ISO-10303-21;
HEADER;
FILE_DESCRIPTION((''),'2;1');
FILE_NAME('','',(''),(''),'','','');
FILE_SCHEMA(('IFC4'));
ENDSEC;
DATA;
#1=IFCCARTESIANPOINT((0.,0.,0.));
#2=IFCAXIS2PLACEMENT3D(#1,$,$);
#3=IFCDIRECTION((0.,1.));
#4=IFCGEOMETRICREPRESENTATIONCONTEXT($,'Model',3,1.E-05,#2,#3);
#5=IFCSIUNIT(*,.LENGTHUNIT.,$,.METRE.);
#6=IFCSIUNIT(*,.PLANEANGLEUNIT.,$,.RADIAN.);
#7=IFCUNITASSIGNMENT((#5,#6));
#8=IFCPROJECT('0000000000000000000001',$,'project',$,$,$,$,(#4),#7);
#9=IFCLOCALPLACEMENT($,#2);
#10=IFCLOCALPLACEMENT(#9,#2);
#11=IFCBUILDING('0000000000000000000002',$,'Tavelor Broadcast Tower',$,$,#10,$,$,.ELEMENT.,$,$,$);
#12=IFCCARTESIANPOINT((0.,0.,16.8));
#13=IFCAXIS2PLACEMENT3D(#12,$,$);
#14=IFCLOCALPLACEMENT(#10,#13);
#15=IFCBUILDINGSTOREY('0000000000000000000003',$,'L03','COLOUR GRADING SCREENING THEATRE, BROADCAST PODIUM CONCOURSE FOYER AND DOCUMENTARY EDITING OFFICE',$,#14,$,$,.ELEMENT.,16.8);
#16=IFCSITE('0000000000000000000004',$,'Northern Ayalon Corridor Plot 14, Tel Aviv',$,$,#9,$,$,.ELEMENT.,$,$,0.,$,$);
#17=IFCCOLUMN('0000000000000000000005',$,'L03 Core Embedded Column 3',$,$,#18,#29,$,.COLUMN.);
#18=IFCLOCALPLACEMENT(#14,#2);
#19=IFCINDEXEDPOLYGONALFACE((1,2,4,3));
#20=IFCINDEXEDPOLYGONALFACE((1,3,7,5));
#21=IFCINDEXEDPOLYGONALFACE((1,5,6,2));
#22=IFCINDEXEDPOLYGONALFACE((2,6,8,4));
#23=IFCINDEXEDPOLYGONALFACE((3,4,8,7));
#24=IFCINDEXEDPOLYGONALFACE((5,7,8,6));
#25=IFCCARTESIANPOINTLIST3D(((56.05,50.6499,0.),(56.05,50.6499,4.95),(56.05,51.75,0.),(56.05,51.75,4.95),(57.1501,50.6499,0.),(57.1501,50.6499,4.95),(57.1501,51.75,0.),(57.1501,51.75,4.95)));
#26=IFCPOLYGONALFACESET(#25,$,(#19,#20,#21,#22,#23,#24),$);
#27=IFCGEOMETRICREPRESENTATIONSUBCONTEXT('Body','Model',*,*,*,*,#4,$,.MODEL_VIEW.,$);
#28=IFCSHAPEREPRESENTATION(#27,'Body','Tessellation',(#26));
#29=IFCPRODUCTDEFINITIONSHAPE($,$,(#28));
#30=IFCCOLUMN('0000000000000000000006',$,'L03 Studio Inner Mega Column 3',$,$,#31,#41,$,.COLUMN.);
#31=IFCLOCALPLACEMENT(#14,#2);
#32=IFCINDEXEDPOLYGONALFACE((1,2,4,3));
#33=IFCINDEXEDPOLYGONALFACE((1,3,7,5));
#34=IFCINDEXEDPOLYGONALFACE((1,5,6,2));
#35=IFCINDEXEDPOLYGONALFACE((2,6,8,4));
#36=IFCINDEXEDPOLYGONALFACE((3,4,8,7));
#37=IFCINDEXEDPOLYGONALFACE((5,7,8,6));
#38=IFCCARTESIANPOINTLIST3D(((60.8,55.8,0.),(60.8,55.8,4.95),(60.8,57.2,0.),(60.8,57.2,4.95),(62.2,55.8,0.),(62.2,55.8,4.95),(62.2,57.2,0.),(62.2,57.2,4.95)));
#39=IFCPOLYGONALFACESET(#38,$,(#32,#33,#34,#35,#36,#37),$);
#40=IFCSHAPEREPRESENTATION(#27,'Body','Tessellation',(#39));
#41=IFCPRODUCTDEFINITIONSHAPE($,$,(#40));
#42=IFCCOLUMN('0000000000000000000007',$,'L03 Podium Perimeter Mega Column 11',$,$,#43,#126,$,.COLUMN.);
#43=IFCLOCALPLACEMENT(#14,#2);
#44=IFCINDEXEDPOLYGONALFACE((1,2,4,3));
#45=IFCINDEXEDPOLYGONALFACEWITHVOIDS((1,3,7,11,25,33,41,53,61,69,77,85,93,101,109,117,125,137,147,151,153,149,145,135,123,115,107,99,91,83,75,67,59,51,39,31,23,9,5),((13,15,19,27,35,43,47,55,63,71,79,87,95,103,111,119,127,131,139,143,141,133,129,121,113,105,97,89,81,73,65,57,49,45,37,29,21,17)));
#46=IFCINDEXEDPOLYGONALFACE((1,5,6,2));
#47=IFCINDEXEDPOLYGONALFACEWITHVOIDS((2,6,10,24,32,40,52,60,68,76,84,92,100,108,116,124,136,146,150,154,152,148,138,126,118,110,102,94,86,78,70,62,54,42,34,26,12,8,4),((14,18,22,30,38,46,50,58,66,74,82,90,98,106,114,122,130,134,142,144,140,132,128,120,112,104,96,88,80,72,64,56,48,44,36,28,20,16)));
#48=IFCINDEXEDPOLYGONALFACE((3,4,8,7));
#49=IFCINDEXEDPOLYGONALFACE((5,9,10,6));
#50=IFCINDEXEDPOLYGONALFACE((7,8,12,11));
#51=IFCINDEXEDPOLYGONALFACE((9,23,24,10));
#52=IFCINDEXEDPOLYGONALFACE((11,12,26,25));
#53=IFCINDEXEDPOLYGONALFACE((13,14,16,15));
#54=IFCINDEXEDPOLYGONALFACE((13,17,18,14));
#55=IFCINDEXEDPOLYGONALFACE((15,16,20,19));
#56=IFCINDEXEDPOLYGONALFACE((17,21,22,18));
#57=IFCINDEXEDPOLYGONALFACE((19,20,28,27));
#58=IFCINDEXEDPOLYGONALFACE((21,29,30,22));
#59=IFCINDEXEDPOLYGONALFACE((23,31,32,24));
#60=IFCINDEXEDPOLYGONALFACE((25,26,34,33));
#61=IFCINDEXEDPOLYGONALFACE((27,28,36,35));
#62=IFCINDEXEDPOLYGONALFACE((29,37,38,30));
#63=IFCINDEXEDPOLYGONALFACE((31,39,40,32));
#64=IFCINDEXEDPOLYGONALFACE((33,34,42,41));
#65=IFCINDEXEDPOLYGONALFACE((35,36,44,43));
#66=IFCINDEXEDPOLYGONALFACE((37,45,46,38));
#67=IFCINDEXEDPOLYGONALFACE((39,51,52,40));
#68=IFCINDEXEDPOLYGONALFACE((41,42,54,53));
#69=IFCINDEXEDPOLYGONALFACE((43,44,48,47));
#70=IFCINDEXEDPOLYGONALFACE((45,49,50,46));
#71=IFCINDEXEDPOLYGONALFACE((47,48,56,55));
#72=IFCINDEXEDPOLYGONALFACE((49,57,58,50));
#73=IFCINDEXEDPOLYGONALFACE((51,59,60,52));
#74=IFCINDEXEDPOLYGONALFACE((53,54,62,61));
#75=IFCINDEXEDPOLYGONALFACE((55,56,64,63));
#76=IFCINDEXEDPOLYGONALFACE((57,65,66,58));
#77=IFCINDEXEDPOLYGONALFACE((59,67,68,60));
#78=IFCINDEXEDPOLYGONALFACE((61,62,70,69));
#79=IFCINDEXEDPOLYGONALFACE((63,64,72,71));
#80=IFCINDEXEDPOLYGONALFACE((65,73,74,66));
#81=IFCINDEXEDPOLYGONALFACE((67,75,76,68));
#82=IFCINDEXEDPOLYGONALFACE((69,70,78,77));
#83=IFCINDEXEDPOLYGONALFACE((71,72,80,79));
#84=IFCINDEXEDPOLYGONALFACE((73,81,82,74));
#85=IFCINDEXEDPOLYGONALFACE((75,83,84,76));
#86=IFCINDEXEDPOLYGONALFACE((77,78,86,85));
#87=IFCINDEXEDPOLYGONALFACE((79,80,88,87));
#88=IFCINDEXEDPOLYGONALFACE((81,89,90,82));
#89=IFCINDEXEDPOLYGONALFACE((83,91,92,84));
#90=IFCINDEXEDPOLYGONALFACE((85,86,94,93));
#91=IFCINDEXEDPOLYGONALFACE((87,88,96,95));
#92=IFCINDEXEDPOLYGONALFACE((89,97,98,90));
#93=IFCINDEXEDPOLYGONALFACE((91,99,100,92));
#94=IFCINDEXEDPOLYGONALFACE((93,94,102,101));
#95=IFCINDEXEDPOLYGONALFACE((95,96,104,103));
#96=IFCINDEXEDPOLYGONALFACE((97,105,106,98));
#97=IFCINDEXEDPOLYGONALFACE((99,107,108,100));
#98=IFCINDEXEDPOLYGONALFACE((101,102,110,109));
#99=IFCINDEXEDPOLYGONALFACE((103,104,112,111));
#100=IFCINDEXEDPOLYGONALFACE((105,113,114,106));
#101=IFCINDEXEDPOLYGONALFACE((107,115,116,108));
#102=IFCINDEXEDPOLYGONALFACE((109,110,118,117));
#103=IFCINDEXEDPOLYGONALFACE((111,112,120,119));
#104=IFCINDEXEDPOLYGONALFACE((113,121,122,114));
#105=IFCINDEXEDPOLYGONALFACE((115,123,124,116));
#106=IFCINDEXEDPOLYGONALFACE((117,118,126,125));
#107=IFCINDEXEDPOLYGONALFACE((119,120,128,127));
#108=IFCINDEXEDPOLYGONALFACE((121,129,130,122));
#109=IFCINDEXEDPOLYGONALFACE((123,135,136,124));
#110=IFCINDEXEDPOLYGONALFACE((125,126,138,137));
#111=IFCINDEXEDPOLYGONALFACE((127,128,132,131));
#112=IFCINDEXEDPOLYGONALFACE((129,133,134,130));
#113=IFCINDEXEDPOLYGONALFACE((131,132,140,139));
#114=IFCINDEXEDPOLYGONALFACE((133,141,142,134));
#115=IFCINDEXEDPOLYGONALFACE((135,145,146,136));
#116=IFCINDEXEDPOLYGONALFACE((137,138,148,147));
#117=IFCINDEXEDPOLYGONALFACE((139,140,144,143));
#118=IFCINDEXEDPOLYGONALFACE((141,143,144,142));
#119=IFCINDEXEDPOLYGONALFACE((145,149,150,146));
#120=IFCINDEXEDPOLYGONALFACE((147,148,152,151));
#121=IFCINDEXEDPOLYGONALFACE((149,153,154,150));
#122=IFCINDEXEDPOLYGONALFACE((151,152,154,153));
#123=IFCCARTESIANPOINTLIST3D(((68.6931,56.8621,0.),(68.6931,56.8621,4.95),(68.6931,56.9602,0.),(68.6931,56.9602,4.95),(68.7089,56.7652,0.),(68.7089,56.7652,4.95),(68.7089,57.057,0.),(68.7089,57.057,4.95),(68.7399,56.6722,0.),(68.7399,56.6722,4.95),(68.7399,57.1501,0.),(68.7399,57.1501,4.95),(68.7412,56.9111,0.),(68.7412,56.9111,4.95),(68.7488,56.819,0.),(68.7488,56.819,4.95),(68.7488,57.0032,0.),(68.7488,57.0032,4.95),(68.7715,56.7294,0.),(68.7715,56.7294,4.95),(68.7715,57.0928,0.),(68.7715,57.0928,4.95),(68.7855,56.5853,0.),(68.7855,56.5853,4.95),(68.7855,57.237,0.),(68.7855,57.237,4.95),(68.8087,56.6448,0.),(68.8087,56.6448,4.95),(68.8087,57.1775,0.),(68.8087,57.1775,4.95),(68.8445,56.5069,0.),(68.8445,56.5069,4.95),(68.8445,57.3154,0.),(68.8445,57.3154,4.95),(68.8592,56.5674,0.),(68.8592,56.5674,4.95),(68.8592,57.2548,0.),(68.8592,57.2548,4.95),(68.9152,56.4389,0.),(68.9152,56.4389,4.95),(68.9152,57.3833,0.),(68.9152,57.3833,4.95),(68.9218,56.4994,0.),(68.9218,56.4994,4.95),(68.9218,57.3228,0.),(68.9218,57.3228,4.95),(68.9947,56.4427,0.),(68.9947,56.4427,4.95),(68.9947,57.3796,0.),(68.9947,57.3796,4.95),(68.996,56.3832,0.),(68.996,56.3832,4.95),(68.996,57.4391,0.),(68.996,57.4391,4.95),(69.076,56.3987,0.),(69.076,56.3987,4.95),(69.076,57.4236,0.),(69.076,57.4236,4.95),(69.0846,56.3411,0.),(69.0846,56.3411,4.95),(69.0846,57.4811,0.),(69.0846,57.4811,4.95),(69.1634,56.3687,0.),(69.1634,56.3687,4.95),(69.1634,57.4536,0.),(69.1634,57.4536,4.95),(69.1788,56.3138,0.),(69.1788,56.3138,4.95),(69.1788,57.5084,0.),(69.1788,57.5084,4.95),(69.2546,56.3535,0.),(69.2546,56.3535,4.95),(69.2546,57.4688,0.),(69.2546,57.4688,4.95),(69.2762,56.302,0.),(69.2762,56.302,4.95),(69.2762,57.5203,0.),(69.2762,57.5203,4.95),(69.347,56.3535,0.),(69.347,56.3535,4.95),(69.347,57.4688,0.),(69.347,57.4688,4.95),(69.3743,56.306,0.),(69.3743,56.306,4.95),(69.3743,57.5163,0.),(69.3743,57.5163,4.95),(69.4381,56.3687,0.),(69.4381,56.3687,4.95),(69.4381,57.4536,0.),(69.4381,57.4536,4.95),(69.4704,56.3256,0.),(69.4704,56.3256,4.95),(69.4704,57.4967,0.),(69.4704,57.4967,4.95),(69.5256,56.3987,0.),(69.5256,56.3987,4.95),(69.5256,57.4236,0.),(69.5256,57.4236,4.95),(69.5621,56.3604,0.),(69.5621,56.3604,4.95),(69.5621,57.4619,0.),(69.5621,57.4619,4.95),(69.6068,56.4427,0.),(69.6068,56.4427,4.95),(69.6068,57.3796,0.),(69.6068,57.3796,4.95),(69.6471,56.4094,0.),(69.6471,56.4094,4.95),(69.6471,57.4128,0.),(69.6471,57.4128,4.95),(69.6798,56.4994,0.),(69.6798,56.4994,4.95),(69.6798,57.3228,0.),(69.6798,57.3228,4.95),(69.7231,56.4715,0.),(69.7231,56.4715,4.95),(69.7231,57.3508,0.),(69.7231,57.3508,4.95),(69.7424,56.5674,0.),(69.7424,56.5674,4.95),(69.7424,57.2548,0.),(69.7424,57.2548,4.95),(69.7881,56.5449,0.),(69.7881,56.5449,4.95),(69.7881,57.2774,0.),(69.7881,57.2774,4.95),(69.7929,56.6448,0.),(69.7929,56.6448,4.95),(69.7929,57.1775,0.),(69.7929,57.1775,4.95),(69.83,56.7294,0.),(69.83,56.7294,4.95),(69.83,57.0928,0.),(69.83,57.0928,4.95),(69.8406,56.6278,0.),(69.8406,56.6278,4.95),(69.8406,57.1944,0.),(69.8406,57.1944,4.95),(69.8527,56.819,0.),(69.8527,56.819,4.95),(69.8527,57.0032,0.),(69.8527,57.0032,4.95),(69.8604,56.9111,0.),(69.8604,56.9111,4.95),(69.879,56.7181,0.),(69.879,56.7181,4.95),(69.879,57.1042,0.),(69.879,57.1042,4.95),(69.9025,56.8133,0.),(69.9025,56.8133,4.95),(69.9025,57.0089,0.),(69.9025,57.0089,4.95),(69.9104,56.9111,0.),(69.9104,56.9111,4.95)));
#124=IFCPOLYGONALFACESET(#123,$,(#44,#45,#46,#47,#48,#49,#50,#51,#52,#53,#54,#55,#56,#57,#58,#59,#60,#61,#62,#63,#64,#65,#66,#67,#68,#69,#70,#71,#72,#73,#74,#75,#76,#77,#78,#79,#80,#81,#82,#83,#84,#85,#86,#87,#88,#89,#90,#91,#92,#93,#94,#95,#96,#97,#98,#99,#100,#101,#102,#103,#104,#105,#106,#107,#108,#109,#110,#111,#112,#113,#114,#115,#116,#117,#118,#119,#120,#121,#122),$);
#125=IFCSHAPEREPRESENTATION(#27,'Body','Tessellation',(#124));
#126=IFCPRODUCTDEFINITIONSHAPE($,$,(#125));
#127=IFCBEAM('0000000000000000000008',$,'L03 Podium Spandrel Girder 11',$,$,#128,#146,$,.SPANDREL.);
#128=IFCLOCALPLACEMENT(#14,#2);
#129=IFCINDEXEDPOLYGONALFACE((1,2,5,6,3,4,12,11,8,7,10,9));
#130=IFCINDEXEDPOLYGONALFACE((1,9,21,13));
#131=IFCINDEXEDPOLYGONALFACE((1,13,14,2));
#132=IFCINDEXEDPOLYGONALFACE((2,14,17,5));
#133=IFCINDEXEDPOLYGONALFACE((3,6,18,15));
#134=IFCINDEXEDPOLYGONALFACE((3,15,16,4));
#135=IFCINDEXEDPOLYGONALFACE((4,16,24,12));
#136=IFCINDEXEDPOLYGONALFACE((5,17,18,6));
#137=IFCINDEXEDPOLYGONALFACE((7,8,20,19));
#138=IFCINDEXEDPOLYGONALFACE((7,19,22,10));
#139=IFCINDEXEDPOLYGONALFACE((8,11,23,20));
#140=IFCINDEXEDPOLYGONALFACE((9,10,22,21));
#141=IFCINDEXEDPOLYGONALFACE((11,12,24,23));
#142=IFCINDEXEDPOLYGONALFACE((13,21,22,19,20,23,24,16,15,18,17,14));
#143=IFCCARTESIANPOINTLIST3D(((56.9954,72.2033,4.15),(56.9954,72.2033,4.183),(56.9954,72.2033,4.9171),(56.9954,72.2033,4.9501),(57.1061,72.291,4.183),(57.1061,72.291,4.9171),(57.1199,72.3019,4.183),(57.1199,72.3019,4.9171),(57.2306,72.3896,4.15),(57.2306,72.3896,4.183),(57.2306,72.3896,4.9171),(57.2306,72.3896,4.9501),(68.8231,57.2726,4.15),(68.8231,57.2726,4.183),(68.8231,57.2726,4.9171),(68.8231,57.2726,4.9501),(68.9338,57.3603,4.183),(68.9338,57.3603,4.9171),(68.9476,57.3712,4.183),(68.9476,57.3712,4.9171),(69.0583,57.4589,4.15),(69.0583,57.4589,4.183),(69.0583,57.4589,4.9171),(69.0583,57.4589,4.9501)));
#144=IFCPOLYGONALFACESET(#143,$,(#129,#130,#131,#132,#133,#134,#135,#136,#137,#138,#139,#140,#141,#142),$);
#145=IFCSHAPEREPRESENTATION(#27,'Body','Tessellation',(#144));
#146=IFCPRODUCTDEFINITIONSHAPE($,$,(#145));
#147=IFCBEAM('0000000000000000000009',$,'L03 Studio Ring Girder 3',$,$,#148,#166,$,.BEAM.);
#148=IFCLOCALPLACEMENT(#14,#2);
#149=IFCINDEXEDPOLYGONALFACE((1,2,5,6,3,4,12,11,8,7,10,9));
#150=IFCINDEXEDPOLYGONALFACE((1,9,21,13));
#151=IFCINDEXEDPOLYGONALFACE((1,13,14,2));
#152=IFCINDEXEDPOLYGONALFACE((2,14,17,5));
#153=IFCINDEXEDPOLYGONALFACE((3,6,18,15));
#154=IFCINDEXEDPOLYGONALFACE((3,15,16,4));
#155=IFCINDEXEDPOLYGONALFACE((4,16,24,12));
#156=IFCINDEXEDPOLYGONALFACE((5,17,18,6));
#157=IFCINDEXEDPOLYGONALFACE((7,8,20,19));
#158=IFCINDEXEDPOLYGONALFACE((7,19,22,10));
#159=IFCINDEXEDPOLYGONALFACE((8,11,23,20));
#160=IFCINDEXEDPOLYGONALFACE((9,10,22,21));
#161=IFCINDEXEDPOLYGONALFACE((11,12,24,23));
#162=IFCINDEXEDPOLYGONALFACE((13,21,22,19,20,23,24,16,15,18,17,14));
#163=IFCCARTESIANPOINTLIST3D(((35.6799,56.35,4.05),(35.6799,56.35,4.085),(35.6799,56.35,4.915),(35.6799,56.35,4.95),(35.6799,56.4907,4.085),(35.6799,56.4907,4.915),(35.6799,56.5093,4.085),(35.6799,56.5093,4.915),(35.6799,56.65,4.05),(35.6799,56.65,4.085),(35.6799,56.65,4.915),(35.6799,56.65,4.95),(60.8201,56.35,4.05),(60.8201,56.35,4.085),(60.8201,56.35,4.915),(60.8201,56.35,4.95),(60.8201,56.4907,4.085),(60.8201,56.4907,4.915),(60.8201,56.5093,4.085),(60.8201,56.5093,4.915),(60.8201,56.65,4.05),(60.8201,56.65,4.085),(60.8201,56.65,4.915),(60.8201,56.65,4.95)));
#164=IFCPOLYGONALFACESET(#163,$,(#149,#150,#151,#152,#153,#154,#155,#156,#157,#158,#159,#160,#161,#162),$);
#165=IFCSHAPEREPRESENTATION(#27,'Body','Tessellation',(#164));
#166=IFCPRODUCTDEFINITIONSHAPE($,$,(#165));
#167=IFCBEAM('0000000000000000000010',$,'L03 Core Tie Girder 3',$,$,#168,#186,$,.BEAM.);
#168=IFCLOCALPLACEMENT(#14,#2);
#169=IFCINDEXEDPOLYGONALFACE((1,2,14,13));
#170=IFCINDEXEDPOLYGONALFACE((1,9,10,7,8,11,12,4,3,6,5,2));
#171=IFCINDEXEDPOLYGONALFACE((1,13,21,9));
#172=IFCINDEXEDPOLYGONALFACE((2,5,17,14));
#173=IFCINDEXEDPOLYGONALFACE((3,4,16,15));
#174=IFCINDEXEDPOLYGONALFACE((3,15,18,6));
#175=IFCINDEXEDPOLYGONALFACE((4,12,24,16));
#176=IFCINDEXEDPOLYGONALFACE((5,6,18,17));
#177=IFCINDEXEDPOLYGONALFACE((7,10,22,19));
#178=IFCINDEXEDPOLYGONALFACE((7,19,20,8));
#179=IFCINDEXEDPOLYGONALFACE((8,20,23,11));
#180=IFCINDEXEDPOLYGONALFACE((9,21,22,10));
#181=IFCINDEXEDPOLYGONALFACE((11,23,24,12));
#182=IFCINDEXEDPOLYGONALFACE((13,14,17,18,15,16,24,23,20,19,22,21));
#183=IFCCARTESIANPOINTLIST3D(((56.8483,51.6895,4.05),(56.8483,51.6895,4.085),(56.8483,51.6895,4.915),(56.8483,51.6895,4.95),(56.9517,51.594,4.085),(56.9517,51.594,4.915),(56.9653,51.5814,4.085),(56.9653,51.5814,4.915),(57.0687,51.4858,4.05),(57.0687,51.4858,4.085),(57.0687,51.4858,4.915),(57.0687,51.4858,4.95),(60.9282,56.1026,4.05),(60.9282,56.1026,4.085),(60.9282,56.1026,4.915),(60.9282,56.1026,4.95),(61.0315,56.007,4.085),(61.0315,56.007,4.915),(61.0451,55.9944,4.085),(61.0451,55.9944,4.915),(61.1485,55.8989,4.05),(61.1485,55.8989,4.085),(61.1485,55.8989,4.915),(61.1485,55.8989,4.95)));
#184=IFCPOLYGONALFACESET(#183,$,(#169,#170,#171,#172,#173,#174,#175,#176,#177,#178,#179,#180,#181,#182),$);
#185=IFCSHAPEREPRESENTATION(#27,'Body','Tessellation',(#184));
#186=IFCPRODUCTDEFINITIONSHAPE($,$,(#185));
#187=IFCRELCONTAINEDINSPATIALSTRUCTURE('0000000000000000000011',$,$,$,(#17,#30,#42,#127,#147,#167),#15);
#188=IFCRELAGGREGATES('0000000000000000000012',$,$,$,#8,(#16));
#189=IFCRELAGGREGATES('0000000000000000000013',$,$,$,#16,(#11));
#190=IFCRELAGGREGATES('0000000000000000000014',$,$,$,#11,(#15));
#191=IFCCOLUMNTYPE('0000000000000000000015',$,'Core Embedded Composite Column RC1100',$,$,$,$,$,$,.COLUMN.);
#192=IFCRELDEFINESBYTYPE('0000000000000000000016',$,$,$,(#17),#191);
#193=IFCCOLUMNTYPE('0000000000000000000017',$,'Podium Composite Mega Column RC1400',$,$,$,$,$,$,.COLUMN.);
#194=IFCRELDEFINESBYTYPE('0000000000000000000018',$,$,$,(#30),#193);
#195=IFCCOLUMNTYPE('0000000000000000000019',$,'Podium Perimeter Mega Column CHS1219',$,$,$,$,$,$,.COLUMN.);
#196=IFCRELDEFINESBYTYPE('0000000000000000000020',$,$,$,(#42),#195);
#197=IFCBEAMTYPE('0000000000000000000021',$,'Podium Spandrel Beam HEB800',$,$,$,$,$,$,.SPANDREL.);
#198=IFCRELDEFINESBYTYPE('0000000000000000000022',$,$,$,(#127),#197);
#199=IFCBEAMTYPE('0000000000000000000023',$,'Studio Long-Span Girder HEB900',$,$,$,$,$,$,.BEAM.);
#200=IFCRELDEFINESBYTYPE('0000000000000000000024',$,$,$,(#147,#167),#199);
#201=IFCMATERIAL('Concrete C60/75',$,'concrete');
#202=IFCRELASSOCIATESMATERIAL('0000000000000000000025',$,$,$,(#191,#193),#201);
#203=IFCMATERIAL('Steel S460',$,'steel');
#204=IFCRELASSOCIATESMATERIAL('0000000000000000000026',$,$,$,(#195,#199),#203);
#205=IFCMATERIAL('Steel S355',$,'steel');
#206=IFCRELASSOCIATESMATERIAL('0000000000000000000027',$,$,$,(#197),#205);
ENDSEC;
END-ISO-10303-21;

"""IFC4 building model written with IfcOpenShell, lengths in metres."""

from ifc_helpers import new_model, si_unit, direction, frame, origin, origin_2d, place, context, subcontext, project, spatial, rectangle, hollow_circle, i_section, extrude, material, material_profile, profile_set, type_object, element, save


model = new_model("IFC4")

# Units and contexts
model_context = context("Model", 3, precision=1e-05, world=origin(), true_north=direction((0.0, 1.0)))
body_context = subcontext(model_context, "Body", "Model", "MODEL_VIEW")
ifc_project = project(units=[si_unit("LENGTHUNIT", "METRE"), si_unit("PLANEANGLEUNIT", "RADIAN")], contexts=[model_context])

# Site, building, storey
site_placement = place(None, origin())
site = spatial("IfcSite", under=ifc_project, at=site_placement, Name="Northern Ayalon Corridor Plot 14, Tel Aviv", CompositionType="ELEMENT", RefElevation=0.0)
building_placement = place(site_placement, origin())
building = spatial("IfcBuilding", under=site, at=building_placement, Name="Tavelor Broadcast Tower", CompositionType="ELEMENT")
storey_placement = place(building_placement, frame((0.0, 0.0, 16.8)))
storey = spatial("IfcBuildingStorey", under=building, at=storey_placement, Name="L03", Description="COLOUR GRADING SCREENING THEATRE, BROADCAST PODIUM CONCOURSE FOYER AND DOCUMENTARY EDITING OFFICE", CompositionType="ELEMENT", Elevation=16.8)

# Columns
ifc_material_1 = material(Name="Concrete C60/75", Category="concrete")
ifc_material_profile_1 = material_profile(ifc_material_1, rectangle(XDim=1.1001, YDim=1.1001, at=origin_2d()), Name="RC 1100x1100")
ifc_profile_set_1 = profile_set([ifc_material_profile_1], Name="Concrete C60/75")
column_type_1 = type_object("IfcColumnType", Name="Core Embedded Composite Column RC1100", PredefinedType="COLUMN", material=ifc_profile_set_1)
column_1_placement = place(storey_placement, frame((56.6001, 51.2, 0.0), z_axis=(0.0, 0.0, 1.0), x_axis=(1.0, 0.0, 0.0)))
element("IfcColumn", 1, at=column_1_placement, inside=storey, type_object=column_type_1, Name="L03 Core Embedded Column 3", PredefinedType="COLUMN", context=body_context, shape_type="SweptSolid", body=[
    extrude(rectangle(XDim=1.1001, YDim=1.1001, at=origin_2d()), origin(), (0.0, 0.0, 1.0), 4.95),
])
ifc_material_profile_2 = material_profile(ifc_material_1, rectangle(XDim=1.3999, YDim=1.3999, at=origin_2d()), Name="RC 1400x1400")
ifc_profile_set_2 = profile_set([ifc_material_profile_2], Name="Concrete C60/75")
column_type_2 = type_object("IfcColumnType", Name="Podium Composite Mega Column RC1400", PredefinedType="COLUMN", material=ifc_profile_set_2)
column_2_placement = place(storey_placement, frame((61.5, 56.5, 0.0), z_axis=(0.0, 0.0, 1.0), x_axis=(1.0, 0.0, 0.0)))
element("IfcColumn", 2, at=column_2_placement, inside=storey, type_object=column_type_2, Name="L03 Studio Inner Mega Column 3", PredefinedType="COLUMN", context=body_context, shape_type="SweptSolid", body=[
    extrude(rectangle(XDim=1.3999, YDim=1.3999, at=origin_2d()), origin(), (0.0, 0.0, 1.0), 4.95),
])
ifc_material_2 = material(Name="Steel S460", Category="steel")
ifc_material_profile_3 = material_profile(ifc_material_2, hollow_circle(Radius=0.6096, WallThickness=0.05, at=origin_2d()), Name="CHS 1219x50")
ifc_profile_set_3 = profile_set([ifc_material_profile_3], Name="Steel S460")
column_type_3 = type_object("IfcColumnType", Name="Podium Perimeter Mega Column CHS1219", PredefinedType="COLUMN", material=ifc_profile_set_3)
column_3_placement = place(storey_placement, frame((69.3008, 56.9111, 0.0), z_axis=(0.0, 0.0, 1.0), x_axis=(1.0, 0.0, 0.0)))
element("IfcColumn", 3, at=column_3_placement, inside=storey, type_object=column_type_3, Name="L03 Podium Perimeter Mega Column 11", PredefinedType="COLUMN", context=body_context, shape_type="SweptSolid", body=[
    extrude(hollow_circle(Radius=0.6096, WallThickness=0.05, at=origin_2d()), origin(), (0.0, 0.0, 1.0), 4.95),
])

# Beams
ifc_material_3 = material(Name="Steel S355", Category="steel")
ifc_material_profile_4 = material_profile(ifc_material_3, i_section(OverallWidth=0.3, OverallDepth=0.8, WebThickness=0.0176, FlangeThickness=0.033, at=origin_2d()), Name="HEB 800")
ifc_profile_set_4 = profile_set([ifc_material_profile_4], Name="Steel S355")
beam_type_1 = type_object("IfcBeamType", Name="Podium Spandrel Beam HEB800", PredefinedType="SPANDREL", material=ifc_profile_set_4)
beam_1_placement = place(storey_placement, frame((68.9407, 57.3657, 4.55), z_axis=(-0.620946, 0.783853, 0.0), x_axis=(-0.783853, -0.620946, 0.0)))
element("IfcBeam", 4, at=beam_1_placement, inside=storey, type_object=beam_type_1, Name="L03 Podium Spandrel Girder 11", PredefinedType="SPANDREL", context=body_context, shape_type="SweptSolid", body=[
    extrude(i_section(OverallWidth=0.3, OverallDepth=0.8, WebThickness=0.0176, FlangeThickness=0.033, at=origin_2d()), origin(), (0.0, 0.0, 1.0), 19.0479),
])
ifc_material_profile_5 = material_profile(ifc_material_2, i_section(OverallWidth=0.3, OverallDepth=0.8999, WebThickness=0.0186, FlangeThickness=0.0349, at=origin_2d()), Name="HEB 900")
ifc_profile_set_5 = profile_set([ifc_material_profile_5], Name="Steel S460")
beam_type_2 = type_object("IfcBeamType", Name="Studio Long-Span Girder HEB900", PredefinedType="BEAM", material=ifc_profile_set_5)
beam_2_placement = place(storey_placement, frame((60.8201, 56.5, 4.5), z_axis=(-1.0, 0.0, 0.0), x_axis=(0.0, -1.0, 0.0)))
element("IfcBeam", 5, at=beam_2_placement, inside=storey, type_object=beam_type_2, Name="L03 Studio Ring Girder 3", PredefinedType="BEAM", context=body_context, shape_type="SweptSolid", body=[
    extrude(i_section(OverallWidth=0.3, OverallDepth=0.8999, WebThickness=0.0186, FlangeThickness=0.0349, at=origin_2d()), origin(), (0.0, 0.0, 1.0), 25.1401),
])
beam_3_placement = place(storey_placement, frame((61.0383, 56.0007, 4.5), z_axis=(-0.678838, -0.734288, 0.0), x_axis=(0.734288, -0.678838, 0.0)))
element("IfcBeam", 6, at=beam_3_placement, inside=storey, type_object=beam_type_2, Name="L03 Core Tie Girder 3", PredefinedType="BEAM", context=body_context, shape_type="SweptSolid", body=[
    extrude(i_section(OverallWidth=0.3, OverallDepth=0.8999, WebThickness=0.0186, FlangeThickness=0.0349, at=origin_2d()), origin(), (0.0, 0.0, 1.0), 6.01),
])

save(model, "model.ifc")
